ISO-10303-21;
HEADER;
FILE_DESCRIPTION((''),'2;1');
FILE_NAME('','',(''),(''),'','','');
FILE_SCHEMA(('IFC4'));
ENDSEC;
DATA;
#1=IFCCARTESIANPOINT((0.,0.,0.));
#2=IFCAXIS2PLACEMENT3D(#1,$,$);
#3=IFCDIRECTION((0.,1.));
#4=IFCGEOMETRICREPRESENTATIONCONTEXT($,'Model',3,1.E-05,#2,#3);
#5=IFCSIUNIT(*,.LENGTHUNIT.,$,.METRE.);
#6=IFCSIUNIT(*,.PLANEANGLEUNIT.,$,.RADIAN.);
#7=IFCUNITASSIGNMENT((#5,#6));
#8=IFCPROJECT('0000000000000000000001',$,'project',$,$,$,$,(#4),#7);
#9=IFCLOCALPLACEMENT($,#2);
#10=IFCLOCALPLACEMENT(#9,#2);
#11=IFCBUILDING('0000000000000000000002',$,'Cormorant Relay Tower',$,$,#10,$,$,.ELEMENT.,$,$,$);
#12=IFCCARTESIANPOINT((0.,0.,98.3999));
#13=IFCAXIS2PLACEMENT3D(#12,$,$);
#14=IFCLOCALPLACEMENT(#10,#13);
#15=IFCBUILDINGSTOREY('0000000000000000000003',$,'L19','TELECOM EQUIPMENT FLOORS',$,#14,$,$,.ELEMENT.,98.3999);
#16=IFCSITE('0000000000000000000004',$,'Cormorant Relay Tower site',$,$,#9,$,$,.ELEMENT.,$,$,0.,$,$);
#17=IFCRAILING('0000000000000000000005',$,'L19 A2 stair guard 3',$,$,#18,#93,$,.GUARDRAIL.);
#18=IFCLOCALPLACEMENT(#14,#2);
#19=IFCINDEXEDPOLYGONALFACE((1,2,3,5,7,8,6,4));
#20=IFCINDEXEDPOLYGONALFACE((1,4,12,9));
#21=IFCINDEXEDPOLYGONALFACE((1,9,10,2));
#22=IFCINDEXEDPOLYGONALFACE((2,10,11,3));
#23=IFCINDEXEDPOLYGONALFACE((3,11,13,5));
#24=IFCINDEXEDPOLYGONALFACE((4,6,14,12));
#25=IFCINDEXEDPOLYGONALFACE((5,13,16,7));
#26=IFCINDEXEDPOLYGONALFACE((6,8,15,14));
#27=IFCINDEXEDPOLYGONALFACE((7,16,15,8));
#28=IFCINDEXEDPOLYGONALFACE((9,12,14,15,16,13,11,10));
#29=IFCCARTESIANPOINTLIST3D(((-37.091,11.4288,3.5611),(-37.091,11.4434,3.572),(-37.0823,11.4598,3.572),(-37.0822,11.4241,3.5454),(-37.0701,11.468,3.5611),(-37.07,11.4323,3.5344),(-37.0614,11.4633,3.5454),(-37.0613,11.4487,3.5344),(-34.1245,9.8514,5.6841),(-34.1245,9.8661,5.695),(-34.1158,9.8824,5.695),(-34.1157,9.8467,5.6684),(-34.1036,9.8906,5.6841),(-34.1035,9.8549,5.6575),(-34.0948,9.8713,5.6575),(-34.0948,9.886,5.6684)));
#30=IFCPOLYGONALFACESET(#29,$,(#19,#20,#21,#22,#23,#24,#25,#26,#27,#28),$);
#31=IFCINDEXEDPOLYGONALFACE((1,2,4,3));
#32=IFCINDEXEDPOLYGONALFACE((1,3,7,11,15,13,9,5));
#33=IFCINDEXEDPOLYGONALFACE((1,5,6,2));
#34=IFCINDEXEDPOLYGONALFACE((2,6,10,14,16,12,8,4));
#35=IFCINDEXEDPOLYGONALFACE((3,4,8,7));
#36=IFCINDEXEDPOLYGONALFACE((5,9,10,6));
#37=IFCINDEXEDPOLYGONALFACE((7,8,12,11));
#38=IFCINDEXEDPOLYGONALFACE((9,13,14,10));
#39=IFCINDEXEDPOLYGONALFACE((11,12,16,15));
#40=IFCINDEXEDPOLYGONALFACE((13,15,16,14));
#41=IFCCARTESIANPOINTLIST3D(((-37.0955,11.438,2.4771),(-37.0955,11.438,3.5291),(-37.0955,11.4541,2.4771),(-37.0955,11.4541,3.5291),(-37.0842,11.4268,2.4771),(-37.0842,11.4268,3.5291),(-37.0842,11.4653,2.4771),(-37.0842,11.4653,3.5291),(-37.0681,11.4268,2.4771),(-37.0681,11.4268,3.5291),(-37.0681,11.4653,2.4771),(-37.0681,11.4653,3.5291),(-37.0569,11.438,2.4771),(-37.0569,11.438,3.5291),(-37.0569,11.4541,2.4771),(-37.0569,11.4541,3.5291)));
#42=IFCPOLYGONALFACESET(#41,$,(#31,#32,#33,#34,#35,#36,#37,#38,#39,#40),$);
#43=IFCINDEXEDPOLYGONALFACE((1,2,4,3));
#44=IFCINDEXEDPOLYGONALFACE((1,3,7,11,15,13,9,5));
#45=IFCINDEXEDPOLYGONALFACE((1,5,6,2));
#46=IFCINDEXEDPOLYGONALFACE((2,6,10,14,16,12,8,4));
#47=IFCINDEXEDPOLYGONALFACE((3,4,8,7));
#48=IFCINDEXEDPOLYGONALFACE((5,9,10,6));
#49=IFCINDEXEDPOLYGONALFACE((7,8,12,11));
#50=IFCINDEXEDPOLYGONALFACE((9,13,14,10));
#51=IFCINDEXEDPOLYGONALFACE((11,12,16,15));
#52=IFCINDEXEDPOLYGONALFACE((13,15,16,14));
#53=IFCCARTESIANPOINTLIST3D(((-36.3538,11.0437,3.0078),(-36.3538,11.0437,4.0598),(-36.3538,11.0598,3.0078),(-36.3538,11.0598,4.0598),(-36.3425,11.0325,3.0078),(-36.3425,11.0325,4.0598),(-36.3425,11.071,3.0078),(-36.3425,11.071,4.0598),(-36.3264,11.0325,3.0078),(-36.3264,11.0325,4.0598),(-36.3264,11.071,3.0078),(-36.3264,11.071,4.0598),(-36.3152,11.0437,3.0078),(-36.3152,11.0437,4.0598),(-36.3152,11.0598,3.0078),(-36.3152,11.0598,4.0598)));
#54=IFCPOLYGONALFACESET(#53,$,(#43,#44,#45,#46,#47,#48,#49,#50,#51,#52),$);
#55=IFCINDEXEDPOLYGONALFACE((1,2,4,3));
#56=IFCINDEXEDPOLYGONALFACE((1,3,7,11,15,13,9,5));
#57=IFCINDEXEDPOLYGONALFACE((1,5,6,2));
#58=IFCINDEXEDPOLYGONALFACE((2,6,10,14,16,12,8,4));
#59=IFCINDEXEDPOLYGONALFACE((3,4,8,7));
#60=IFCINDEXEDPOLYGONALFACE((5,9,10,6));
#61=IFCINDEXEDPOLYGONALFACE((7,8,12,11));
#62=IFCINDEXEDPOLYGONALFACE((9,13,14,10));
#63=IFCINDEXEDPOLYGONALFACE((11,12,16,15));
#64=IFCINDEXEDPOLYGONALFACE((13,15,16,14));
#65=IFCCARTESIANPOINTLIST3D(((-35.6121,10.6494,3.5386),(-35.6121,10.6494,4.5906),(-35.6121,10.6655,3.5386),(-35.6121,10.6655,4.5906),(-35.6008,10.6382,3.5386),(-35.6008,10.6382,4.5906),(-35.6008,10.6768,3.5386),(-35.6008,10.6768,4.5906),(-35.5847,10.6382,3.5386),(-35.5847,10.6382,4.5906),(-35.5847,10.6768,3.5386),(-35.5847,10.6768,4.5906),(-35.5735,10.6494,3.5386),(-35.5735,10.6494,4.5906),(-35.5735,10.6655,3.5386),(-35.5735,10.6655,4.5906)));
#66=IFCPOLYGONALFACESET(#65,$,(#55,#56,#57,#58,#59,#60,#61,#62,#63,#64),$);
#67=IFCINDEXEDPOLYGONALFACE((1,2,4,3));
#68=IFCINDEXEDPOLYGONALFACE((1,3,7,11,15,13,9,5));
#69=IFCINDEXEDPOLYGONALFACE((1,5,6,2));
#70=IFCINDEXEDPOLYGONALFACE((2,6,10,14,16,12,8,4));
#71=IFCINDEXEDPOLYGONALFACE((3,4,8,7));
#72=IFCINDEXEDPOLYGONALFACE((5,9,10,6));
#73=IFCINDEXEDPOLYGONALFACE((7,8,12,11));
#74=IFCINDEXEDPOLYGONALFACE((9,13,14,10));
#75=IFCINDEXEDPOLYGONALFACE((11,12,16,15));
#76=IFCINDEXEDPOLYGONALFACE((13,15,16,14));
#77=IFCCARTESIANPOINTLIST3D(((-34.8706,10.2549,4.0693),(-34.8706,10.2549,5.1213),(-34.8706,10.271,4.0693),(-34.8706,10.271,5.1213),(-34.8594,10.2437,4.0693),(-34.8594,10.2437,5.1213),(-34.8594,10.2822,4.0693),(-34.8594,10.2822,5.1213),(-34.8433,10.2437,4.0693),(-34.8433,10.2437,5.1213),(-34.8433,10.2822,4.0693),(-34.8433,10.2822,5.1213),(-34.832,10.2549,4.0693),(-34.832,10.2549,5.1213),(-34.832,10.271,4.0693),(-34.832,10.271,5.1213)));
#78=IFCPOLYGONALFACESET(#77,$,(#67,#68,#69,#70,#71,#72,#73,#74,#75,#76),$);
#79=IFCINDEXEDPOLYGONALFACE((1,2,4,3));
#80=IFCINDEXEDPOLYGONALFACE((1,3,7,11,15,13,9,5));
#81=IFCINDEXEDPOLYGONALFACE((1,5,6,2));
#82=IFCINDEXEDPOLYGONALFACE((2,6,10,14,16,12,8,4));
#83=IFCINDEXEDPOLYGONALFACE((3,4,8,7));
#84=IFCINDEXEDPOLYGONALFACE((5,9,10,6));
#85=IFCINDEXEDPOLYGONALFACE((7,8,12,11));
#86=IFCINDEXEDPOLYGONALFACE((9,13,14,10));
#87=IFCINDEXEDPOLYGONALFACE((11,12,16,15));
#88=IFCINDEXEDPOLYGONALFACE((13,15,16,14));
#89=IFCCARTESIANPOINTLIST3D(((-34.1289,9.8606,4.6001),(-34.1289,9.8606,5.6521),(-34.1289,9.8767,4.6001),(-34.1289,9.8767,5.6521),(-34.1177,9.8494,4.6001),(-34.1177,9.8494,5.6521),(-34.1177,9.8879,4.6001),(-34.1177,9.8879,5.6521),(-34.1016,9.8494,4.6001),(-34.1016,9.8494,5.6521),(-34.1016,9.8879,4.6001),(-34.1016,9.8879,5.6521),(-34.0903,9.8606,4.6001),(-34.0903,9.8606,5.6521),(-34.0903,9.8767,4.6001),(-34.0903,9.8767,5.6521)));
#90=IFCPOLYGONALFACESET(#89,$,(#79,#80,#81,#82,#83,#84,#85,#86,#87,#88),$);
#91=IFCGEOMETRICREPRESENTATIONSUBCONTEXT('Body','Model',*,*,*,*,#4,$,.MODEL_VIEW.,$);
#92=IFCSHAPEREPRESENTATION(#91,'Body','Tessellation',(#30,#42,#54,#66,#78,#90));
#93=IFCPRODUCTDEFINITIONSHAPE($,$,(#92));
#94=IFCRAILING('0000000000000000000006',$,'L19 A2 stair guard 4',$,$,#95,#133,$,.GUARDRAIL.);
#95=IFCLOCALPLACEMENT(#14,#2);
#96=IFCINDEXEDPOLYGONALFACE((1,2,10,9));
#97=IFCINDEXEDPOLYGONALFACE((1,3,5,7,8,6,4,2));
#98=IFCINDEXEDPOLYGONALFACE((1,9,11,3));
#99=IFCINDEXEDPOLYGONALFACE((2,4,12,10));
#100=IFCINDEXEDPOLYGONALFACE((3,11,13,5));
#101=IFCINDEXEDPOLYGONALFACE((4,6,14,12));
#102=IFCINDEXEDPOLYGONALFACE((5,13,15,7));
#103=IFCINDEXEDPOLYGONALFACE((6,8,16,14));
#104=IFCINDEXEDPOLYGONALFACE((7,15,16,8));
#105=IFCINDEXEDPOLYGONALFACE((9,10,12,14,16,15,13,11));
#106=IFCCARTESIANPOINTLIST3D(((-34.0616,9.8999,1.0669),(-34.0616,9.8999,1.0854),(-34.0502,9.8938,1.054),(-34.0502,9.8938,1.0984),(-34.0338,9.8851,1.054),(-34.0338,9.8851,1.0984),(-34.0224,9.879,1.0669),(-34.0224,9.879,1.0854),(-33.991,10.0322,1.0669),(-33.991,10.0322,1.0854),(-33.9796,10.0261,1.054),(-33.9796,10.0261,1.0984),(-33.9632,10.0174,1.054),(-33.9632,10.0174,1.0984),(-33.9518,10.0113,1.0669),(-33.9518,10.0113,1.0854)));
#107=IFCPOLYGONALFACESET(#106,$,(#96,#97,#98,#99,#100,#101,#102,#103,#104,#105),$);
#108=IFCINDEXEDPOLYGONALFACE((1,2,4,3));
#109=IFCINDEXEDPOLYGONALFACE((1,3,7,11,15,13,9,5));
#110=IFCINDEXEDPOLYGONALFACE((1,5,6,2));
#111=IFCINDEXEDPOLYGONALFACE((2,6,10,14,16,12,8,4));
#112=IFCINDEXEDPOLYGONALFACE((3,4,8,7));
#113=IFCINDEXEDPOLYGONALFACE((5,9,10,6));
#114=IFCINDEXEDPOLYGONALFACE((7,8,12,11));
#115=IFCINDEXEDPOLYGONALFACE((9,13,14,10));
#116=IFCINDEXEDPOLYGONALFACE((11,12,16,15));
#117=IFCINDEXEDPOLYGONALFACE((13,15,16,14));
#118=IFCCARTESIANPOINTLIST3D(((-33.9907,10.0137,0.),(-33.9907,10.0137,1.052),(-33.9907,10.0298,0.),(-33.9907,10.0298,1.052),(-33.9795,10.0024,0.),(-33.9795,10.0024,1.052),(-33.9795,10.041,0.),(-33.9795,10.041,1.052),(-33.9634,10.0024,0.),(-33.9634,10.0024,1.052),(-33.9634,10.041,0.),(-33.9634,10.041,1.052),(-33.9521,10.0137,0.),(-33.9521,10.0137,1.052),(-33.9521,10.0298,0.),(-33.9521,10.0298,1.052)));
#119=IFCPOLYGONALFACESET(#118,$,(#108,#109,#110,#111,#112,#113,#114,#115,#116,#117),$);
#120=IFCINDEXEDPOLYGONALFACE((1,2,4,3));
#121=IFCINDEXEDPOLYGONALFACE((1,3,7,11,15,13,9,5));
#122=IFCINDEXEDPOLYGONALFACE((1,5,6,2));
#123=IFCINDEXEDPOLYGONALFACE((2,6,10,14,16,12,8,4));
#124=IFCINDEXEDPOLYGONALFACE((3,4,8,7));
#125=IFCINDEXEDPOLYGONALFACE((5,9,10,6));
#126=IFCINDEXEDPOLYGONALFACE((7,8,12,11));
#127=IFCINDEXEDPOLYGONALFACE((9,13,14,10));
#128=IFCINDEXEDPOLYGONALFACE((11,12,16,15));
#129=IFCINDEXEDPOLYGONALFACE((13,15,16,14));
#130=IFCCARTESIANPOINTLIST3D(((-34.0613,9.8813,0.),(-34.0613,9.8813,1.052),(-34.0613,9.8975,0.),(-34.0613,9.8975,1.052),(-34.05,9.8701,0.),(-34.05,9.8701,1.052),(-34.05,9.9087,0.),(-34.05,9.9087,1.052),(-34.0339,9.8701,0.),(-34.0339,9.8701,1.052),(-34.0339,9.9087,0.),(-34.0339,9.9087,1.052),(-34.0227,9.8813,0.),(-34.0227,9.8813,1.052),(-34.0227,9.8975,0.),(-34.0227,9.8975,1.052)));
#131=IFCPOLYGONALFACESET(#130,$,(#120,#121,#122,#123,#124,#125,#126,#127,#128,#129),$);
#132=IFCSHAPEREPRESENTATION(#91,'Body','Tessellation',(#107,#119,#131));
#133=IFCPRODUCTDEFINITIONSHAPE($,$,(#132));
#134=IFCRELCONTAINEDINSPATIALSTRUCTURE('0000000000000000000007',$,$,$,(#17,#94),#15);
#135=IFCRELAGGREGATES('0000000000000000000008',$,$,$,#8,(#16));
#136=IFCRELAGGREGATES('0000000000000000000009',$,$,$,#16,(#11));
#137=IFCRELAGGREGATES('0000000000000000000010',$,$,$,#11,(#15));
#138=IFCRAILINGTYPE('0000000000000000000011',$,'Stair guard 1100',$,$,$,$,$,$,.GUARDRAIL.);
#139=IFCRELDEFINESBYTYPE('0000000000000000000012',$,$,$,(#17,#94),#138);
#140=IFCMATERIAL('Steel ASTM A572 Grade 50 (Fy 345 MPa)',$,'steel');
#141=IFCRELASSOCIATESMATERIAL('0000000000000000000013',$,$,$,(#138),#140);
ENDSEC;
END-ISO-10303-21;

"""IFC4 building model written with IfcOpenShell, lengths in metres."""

from ifc_helpers import new_model, si_unit, direction, frame, origin, place, context, subcontext, project, spatial, polyline, outline, extrude, material, type_object, element, save


model = new_model("IFC4")

# Units and contexts
model_context = context("Model", 3, precision=1e-05, world=origin(), true_north=direction((0.0, 1.0)))
body_context = subcontext(model_context, "Body", "Model", "MODEL_VIEW")
ifc_project = project(units=[si_unit("LENGTHUNIT", "METRE"), si_unit("PLANEANGLEUNIT", "RADIAN")], contexts=[model_context])

# Site, building, storey
site_placement = place(None, origin())
site = spatial("IfcSite", under=ifc_project, at=site_placement, Name="Cormorant Relay Tower site", CompositionType="ELEMENT", RefElevation=0.0)
building_placement = place(site_placement, origin())
building = spatial("IfcBuilding", under=site, at=building_placement, Name="Cormorant Relay Tower", CompositionType="ELEMENT")
storey_placement = place(building_placement, frame((0.0, 0.0, 98.3999)))
storey = spatial("IfcBuildingStorey", under=building, at=storey_placement, Name="L19", Description="TELECOM EQUIPMENT FLOORS", CompositionType="ELEMENT", Elevation=98.3999)

# Railings
ifc_material_1 = material(Name="Steel ASTM A572 Grade 50 (Fy 345 MPa)", Category="steel")
railing_type_1 = type_object("IfcRailingType", Name="Stair guard 1100", PredefinedType="GUARDRAIL", material=ifc_material_1)
railing_1_placement = place(storey_placement, frame((-37.0762, 11.446, 2.4771)))
element("IfcRailing", 1, at=railing_1_placement, inside=storey, type_object=railing_type_1, Name="L19 A2 stair guard 3", PredefinedType="GUARDRAIL", context=body_context, shape_type="SweptSolid", body=[
    extrude(outline(polyline([(0.0222, 0.0093), (0.0093, 0.0222), (-0.0093, 0.0222), (-0.0222, 0.0093), (-0.0222, -0.0093), (-0.0093, -0.0222), (0.0093, -0.0222), (0.0222, -0.0093), (0.0222, 0.0093)])), frame((0.0, 0.0, 1.0762), z_axis=(0.746413, -0.396887, 0.534179), x_axis=(0.469483, 0.882942, 0.0)), (0.0, 0.0, 1.0), 3.9744),
    extrude(outline(polyline([(0.0193, 0.0081), (0.0081, 0.0193), (-0.0081, 0.0193), (-0.0193, 0.0081), (-0.0193, -0.0081), (-0.0081, -0.0193), (0.0081, -0.0193), (0.0193, -0.0081), (0.0193, 0.0081)])), origin(), (0.0, 0.0, 1.0), 1.052),
    extrude(outline(polyline([(0.0193, 0.0081), (0.0081, 0.0193), (-0.0081, 0.0193), (-0.0193, 0.0081), (-0.0193, -0.0081), (-0.0081, -0.0193), (0.0081, -0.0193), (0.0193, -0.0081), (0.0193, 0.0081)])), frame((0.7417, -0.3943, 0.5308)), (0.0, 0.0, 1.0), 1.052),
    extrude(outline(polyline([(0.0193, 0.0081), (0.0081, 0.0193), (-0.0081, 0.0193), (-0.0193, 0.0081), (-0.0193, -0.0081), (-0.0081, -0.0193), (0.0081, -0.0193), (0.0193, -0.0081), (0.0193, 0.0081)])), frame((1.4834, -0.7886, 1.0615)), (0.0, 0.0, 1.0), 1.052),
    extrude(outline(polyline([(0.0193, 0.0081), (0.0081, 0.0193), (-0.0081, 0.0193), (-0.0193, 0.0081), (-0.0193, -0.0081), (-0.0081, -0.0193), (0.0081, -0.0193), (0.0193, -0.0081), (0.0193, 0.0081)])), frame((2.2249, -1.1831, 1.5923)), (0.0, 0.0, 1.0), 1.052),
    extrude(outline(polyline([(0.0193, 0.0081), (0.0081, 0.0193), (-0.0081, 0.0193), (-0.0193, 0.0081), (-0.0193, -0.0081), (-0.0081, -0.0193), (0.0081, -0.0193), (0.0193, -0.0081), (0.0193, 0.0081)])), frame((2.9666, -1.5774, 2.123)), (0.0, 0.0, 1.0), 1.052),
])
railing_2_placement = place(storey_placement, frame((-33.9714, 10.0217, 0.0)))
element("IfcRailing", 2, at=railing_2_placement, inside=storey, type_object=railing_type_1, Name="L19 A2 stair guard 4", PredefinedType="GUARDRAIL", context=body_context, shape_type="SweptSolid", body=[
    extrude(outline(polyline([(0.0222, 0.0093), (0.0093, 0.0222), (-0.0093, 0.0222), (-0.0222, 0.0093), (-0.0222, -0.0093), (-0.0093, -0.0222), (0.0093, -0.0222), (0.0222, -0.0093), (0.0222, 0.0093)])), frame((0.0, 0.0, 1.0762), z_axis=(-0.470504, -0.882398, 0.0), x_axis=(0.882398, -0.470504, 0.0)), (0.0, 0.0, 1.0), 0.1499),
    extrude(outline(polyline([(0.0193, 0.0081), (0.0081, 0.0193), (-0.0081, 0.0193), (-0.0193, 0.0081), (-0.0193, -0.0081), (-0.0081, -0.0193), (0.0081, -0.0193), (0.0193, -0.0081), (0.0193, 0.0081)])), origin(), (0.0, 0.0, 1.0), 1.052),
    extrude(outline(polyline([(0.0193, 0.0081), (0.0081, 0.0193), (-0.0081, 0.0193), (-0.0193, 0.0081), (-0.0193, -0.0081), (-0.0081, -0.0193), (0.0081, -0.0193), (0.0193, -0.0081), (0.0193, 0.0081)])), frame((-0.0706, -0.1323, 0.0)), (0.0, 0.0, 1.0), 1.052),
])

save(model, "model.ifc")
